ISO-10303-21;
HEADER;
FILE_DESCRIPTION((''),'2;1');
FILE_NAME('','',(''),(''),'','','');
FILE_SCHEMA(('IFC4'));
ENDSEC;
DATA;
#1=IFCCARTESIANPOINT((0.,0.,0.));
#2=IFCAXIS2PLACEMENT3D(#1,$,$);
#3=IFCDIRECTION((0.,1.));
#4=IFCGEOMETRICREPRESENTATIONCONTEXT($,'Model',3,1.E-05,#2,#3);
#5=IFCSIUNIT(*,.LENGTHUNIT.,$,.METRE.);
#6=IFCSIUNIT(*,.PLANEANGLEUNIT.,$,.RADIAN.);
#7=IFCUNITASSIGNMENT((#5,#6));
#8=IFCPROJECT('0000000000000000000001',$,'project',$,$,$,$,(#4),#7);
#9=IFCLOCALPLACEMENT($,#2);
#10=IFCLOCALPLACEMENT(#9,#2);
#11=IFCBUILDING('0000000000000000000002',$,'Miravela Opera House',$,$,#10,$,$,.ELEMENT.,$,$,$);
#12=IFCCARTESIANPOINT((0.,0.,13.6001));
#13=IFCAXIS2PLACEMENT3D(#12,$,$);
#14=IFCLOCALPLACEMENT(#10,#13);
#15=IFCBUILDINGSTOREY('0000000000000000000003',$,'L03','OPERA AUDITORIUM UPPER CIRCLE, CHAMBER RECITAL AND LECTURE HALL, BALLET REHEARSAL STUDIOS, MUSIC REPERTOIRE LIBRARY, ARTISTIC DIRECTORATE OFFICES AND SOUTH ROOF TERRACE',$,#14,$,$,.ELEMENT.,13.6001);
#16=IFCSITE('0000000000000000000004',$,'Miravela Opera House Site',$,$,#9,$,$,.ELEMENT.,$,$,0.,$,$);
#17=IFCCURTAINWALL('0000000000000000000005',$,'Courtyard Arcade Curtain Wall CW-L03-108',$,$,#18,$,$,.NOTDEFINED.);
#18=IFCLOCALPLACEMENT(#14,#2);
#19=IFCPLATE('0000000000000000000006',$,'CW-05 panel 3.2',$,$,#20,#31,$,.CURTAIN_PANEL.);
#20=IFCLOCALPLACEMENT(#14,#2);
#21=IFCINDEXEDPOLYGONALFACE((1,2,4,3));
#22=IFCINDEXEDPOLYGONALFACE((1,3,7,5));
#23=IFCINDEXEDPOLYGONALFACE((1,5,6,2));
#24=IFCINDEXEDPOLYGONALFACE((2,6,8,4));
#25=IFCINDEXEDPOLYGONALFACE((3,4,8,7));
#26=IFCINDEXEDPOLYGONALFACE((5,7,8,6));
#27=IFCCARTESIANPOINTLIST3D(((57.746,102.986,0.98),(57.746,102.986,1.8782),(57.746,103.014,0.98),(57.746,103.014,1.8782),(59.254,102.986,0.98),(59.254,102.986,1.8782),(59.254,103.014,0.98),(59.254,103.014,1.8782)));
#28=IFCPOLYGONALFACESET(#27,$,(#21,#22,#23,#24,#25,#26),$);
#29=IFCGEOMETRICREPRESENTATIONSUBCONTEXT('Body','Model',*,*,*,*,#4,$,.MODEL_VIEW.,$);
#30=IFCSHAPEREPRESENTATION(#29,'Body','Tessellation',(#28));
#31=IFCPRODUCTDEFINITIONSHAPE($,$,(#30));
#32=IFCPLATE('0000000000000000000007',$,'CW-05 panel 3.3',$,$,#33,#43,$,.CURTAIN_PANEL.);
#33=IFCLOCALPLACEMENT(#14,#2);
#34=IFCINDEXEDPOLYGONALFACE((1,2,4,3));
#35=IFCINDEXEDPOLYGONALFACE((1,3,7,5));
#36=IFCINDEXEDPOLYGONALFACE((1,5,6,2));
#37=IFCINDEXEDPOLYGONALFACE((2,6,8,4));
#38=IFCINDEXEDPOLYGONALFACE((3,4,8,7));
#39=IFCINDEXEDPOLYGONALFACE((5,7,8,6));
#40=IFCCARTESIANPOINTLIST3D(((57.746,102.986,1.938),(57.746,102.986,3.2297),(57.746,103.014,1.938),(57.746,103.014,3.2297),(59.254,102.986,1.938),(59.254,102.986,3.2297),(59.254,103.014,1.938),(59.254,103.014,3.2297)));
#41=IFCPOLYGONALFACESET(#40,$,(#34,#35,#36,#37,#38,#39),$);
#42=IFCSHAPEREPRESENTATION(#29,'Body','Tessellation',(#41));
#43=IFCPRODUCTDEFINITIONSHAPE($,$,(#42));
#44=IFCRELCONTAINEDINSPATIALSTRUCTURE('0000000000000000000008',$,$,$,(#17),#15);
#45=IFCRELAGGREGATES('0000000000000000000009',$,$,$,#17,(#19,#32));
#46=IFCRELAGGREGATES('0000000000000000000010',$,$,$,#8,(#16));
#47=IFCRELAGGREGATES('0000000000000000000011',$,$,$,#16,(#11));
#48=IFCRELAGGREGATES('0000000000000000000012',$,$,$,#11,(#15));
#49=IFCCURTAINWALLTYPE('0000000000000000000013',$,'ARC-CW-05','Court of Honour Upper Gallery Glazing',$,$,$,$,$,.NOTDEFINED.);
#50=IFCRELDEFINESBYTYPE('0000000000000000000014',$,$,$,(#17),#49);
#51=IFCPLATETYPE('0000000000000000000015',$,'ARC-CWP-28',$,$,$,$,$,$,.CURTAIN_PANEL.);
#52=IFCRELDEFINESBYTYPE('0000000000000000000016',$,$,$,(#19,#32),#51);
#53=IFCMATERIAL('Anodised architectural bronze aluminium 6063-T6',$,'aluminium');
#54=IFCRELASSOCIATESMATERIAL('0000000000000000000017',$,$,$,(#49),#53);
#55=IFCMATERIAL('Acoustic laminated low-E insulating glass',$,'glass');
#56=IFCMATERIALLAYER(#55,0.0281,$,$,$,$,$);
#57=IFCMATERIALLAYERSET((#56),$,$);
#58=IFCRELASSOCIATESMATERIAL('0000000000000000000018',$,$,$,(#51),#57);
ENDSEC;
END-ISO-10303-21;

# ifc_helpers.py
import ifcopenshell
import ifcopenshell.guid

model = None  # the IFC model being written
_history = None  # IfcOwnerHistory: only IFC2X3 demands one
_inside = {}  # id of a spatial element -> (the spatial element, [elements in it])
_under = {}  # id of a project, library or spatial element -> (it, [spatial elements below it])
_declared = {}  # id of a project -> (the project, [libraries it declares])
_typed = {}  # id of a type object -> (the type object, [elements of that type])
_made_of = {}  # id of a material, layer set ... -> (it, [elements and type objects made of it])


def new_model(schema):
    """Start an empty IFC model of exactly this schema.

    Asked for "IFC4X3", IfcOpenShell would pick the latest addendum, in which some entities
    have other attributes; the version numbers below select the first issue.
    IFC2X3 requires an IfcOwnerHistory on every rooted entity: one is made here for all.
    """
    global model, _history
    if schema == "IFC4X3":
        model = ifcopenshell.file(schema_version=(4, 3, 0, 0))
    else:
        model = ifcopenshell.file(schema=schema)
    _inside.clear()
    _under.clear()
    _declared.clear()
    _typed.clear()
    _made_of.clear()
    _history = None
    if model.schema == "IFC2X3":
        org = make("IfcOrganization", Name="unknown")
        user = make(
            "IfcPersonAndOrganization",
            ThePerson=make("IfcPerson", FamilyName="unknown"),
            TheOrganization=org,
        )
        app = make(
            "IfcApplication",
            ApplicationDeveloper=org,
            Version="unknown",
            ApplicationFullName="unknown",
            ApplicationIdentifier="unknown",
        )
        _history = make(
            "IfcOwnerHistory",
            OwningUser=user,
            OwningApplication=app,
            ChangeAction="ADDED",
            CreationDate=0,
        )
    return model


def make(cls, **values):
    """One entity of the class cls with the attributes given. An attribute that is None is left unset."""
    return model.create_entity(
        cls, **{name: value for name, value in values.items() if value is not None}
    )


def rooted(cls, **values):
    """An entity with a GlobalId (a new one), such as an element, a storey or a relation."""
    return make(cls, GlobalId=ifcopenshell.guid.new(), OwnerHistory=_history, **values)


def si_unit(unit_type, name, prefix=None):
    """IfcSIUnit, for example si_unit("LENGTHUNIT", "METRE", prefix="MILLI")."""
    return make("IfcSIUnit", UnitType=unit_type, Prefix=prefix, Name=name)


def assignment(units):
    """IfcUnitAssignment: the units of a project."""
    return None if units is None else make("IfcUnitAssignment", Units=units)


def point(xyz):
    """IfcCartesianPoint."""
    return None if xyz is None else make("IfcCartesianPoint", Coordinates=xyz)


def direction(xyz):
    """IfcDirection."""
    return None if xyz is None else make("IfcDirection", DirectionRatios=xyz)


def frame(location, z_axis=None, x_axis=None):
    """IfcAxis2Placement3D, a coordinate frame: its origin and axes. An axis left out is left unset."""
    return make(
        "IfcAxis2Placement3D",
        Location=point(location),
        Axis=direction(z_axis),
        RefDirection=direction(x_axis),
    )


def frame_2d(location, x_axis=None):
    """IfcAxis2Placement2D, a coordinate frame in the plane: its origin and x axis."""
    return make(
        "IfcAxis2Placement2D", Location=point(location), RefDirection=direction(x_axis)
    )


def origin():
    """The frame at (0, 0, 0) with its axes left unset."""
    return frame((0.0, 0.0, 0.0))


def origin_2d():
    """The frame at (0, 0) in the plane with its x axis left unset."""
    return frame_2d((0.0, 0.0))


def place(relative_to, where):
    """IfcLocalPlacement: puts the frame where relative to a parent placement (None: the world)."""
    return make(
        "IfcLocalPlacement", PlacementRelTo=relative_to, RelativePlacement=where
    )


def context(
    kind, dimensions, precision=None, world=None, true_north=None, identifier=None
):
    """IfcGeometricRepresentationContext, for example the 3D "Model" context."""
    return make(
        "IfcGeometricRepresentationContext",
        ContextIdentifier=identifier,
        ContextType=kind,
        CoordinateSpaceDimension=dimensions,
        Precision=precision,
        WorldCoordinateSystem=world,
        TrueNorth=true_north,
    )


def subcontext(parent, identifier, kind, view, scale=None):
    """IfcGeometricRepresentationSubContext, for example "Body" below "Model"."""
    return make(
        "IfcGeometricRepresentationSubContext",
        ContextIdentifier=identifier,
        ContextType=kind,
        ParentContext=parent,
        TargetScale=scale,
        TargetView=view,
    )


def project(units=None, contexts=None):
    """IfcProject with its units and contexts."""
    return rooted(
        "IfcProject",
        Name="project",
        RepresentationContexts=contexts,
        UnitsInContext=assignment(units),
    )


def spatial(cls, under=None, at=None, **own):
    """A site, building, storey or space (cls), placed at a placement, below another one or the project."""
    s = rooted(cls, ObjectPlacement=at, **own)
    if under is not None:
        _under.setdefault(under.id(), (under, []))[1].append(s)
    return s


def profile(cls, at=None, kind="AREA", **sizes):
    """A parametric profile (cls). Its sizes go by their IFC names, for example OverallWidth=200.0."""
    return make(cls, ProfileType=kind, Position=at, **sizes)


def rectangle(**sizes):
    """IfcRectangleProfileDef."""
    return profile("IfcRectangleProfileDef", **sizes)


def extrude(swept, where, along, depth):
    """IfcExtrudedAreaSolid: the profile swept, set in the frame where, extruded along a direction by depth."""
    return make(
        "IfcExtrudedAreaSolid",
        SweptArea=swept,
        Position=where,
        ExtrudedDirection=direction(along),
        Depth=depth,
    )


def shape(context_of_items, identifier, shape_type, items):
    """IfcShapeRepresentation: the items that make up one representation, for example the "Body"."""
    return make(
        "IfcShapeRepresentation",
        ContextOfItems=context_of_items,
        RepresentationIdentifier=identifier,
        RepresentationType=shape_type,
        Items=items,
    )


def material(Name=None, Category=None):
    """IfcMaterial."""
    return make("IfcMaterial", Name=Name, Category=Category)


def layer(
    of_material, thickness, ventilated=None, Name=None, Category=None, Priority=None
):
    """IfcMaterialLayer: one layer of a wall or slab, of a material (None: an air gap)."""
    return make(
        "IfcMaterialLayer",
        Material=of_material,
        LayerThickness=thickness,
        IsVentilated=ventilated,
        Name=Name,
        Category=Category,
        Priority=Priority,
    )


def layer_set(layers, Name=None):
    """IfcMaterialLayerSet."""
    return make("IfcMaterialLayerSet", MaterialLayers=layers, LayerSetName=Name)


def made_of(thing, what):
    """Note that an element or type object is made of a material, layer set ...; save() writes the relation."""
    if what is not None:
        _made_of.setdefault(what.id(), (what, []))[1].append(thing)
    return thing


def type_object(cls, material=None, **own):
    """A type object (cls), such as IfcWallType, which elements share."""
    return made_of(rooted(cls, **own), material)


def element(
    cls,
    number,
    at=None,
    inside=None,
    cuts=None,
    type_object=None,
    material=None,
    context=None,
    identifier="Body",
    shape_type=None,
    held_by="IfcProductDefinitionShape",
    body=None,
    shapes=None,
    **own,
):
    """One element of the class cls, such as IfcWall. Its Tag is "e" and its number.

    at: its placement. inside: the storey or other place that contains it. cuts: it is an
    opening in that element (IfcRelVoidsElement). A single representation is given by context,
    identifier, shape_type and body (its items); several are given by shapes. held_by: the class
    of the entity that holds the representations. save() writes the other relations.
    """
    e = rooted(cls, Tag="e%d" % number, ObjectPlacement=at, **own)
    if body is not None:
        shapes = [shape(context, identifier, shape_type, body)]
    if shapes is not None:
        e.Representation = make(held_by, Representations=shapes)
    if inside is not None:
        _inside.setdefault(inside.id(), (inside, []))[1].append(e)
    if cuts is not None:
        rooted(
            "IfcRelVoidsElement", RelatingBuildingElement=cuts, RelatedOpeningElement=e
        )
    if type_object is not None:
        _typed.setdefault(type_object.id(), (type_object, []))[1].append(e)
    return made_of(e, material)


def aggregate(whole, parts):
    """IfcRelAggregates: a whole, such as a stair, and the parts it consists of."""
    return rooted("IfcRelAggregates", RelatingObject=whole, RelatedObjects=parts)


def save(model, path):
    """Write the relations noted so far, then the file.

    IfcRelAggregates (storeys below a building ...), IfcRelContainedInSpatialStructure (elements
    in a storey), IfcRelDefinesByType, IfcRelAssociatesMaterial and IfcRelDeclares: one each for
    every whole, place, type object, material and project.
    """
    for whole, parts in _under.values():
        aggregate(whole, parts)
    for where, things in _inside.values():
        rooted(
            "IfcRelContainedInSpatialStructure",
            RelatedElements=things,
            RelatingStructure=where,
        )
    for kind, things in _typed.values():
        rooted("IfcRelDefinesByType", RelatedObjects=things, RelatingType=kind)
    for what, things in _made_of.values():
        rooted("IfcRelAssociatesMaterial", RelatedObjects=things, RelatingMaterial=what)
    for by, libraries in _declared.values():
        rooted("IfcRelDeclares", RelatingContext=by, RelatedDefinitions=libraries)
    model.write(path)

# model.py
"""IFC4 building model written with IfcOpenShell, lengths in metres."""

from ifc_helpers import new_model, si_unit, direction, frame, origin, origin_2d, place, context, subcontext, project, spatial, rectangle, extrude, material, layer, layer_set, type_object, element, aggregate, save


model = new_model("IFC4")

# Units and contexts
model_context = context("Model", 3, precision=1e-05, world=origin(), true_north=direction((0.0, 1.0)))
body_context = subcontext(model_context, "Body", "Model", "MODEL_VIEW")
ifc_project = project(units=[si_unit("LENGTHUNIT", "METRE"), si_unit("PLANEANGLEUNIT", "RADIAN")], contexts=[model_context])

# Site, building, storey
site_placement = place(None, origin())
site = spatial("IfcSite", under=ifc_project, at=site_placement, Name="Miravela Opera House Site", CompositionType="ELEMENT", RefElevation=0.0)
building_placement = place(site_placement, origin())
building = spatial("IfcBuilding", under=site, at=building_placement, Name="Miravela Opera House", CompositionType="ELEMENT")
storey_placement = place(building_placement, frame((0.0, 0.0, 13.6001)))
storey = spatial("IfcBuildingStorey", under=building, at=storey_placement, Name="L03", Description="OPERA AUDITORIUM UPPER CIRCLE, CHAMBER RECITAL AND LECTURE HALL, BALLET REHEARSAL STUDIOS, MUSIC REPERTOIRE LIBRARY, ARTISTIC DIRECTORATE OFFICES AND SOUTH ROOF TERRACE", CompositionType="ELEMENT", Elevation=13.6001)

# Curtain wall, plates
ifc_material_1 = material(Name="Anodised architectural bronze aluminium 6063-T6", Category="aluminium")
curtain_wall_type = type_object("IfcCurtainWallType", Name="ARC-CW-05", Description="Court of Honour Upper Gallery Glazing", PredefinedType="NOTDEFINED", material=ifc_material_1)
curtain_wall_placement = place(storey_placement, origin())
curtain_wall = element("IfcCurtainWall", 1, at=curtain_wall_placement, inside=storey, type_object=curtain_wall_type, Name="Courtyard Arcade Curtain Wall CW-L03-108", PredefinedType="NOTDEFINED")
ifc_material_2 = material(Name="Acoustic laminated low-E insulating glass", Category="glass")
ifc_layer = layer(ifc_material_2, 0.0281)
ifc_layer_set = layer_set([ifc_layer])
plate_type = type_object("IfcPlateType", Name="ARC-CWP-28", PredefinedType="CURTAIN_PANEL", material=ifc_layer_set)
plate_1_placement = place(storey_placement, frame((58.5, 103.0, 0.98), z_axis=(0.0, 0.0, 1.0), x_axis=(1.0, 0.0, 0.0)))
plate_1 = element("IfcPlate", 2, at=plate_1_placement, type_object=plate_type, Name="CW-05 panel 3.2", PredefinedType="CURTAIN_PANEL", context=body_context, shape_type="SweptSolid", body=[
    extrude(rectangle(XDim=1.5081, YDim=0.0281, at=origin_2d()), origin(), (0.0, 0.0, 1.0), 0.8982),
])
plate_2_placement = place(storey_placement, frame((58.5, 103.0, 1.938), z_axis=(0.0, 0.0, 1.0), x_axis=(1.0, 0.0, 0.0)))
plate_2 = element("IfcPlate", 3, at=plate_2_placement, type_object=plate_type, Name="CW-05 panel 3.3", PredefinedType="CURTAIN_PANEL", context=body_context, shape_type="SweptSolid", body=[
    extrude(rectangle(XDim=1.5081, YDim=0.0281, at=origin_2d()), origin(), (0.0, 0.0, 1.0), 1.2917),
])
aggregate(curtain_wall, [plate_1, plate_2])

save(model, "model.ifc")
